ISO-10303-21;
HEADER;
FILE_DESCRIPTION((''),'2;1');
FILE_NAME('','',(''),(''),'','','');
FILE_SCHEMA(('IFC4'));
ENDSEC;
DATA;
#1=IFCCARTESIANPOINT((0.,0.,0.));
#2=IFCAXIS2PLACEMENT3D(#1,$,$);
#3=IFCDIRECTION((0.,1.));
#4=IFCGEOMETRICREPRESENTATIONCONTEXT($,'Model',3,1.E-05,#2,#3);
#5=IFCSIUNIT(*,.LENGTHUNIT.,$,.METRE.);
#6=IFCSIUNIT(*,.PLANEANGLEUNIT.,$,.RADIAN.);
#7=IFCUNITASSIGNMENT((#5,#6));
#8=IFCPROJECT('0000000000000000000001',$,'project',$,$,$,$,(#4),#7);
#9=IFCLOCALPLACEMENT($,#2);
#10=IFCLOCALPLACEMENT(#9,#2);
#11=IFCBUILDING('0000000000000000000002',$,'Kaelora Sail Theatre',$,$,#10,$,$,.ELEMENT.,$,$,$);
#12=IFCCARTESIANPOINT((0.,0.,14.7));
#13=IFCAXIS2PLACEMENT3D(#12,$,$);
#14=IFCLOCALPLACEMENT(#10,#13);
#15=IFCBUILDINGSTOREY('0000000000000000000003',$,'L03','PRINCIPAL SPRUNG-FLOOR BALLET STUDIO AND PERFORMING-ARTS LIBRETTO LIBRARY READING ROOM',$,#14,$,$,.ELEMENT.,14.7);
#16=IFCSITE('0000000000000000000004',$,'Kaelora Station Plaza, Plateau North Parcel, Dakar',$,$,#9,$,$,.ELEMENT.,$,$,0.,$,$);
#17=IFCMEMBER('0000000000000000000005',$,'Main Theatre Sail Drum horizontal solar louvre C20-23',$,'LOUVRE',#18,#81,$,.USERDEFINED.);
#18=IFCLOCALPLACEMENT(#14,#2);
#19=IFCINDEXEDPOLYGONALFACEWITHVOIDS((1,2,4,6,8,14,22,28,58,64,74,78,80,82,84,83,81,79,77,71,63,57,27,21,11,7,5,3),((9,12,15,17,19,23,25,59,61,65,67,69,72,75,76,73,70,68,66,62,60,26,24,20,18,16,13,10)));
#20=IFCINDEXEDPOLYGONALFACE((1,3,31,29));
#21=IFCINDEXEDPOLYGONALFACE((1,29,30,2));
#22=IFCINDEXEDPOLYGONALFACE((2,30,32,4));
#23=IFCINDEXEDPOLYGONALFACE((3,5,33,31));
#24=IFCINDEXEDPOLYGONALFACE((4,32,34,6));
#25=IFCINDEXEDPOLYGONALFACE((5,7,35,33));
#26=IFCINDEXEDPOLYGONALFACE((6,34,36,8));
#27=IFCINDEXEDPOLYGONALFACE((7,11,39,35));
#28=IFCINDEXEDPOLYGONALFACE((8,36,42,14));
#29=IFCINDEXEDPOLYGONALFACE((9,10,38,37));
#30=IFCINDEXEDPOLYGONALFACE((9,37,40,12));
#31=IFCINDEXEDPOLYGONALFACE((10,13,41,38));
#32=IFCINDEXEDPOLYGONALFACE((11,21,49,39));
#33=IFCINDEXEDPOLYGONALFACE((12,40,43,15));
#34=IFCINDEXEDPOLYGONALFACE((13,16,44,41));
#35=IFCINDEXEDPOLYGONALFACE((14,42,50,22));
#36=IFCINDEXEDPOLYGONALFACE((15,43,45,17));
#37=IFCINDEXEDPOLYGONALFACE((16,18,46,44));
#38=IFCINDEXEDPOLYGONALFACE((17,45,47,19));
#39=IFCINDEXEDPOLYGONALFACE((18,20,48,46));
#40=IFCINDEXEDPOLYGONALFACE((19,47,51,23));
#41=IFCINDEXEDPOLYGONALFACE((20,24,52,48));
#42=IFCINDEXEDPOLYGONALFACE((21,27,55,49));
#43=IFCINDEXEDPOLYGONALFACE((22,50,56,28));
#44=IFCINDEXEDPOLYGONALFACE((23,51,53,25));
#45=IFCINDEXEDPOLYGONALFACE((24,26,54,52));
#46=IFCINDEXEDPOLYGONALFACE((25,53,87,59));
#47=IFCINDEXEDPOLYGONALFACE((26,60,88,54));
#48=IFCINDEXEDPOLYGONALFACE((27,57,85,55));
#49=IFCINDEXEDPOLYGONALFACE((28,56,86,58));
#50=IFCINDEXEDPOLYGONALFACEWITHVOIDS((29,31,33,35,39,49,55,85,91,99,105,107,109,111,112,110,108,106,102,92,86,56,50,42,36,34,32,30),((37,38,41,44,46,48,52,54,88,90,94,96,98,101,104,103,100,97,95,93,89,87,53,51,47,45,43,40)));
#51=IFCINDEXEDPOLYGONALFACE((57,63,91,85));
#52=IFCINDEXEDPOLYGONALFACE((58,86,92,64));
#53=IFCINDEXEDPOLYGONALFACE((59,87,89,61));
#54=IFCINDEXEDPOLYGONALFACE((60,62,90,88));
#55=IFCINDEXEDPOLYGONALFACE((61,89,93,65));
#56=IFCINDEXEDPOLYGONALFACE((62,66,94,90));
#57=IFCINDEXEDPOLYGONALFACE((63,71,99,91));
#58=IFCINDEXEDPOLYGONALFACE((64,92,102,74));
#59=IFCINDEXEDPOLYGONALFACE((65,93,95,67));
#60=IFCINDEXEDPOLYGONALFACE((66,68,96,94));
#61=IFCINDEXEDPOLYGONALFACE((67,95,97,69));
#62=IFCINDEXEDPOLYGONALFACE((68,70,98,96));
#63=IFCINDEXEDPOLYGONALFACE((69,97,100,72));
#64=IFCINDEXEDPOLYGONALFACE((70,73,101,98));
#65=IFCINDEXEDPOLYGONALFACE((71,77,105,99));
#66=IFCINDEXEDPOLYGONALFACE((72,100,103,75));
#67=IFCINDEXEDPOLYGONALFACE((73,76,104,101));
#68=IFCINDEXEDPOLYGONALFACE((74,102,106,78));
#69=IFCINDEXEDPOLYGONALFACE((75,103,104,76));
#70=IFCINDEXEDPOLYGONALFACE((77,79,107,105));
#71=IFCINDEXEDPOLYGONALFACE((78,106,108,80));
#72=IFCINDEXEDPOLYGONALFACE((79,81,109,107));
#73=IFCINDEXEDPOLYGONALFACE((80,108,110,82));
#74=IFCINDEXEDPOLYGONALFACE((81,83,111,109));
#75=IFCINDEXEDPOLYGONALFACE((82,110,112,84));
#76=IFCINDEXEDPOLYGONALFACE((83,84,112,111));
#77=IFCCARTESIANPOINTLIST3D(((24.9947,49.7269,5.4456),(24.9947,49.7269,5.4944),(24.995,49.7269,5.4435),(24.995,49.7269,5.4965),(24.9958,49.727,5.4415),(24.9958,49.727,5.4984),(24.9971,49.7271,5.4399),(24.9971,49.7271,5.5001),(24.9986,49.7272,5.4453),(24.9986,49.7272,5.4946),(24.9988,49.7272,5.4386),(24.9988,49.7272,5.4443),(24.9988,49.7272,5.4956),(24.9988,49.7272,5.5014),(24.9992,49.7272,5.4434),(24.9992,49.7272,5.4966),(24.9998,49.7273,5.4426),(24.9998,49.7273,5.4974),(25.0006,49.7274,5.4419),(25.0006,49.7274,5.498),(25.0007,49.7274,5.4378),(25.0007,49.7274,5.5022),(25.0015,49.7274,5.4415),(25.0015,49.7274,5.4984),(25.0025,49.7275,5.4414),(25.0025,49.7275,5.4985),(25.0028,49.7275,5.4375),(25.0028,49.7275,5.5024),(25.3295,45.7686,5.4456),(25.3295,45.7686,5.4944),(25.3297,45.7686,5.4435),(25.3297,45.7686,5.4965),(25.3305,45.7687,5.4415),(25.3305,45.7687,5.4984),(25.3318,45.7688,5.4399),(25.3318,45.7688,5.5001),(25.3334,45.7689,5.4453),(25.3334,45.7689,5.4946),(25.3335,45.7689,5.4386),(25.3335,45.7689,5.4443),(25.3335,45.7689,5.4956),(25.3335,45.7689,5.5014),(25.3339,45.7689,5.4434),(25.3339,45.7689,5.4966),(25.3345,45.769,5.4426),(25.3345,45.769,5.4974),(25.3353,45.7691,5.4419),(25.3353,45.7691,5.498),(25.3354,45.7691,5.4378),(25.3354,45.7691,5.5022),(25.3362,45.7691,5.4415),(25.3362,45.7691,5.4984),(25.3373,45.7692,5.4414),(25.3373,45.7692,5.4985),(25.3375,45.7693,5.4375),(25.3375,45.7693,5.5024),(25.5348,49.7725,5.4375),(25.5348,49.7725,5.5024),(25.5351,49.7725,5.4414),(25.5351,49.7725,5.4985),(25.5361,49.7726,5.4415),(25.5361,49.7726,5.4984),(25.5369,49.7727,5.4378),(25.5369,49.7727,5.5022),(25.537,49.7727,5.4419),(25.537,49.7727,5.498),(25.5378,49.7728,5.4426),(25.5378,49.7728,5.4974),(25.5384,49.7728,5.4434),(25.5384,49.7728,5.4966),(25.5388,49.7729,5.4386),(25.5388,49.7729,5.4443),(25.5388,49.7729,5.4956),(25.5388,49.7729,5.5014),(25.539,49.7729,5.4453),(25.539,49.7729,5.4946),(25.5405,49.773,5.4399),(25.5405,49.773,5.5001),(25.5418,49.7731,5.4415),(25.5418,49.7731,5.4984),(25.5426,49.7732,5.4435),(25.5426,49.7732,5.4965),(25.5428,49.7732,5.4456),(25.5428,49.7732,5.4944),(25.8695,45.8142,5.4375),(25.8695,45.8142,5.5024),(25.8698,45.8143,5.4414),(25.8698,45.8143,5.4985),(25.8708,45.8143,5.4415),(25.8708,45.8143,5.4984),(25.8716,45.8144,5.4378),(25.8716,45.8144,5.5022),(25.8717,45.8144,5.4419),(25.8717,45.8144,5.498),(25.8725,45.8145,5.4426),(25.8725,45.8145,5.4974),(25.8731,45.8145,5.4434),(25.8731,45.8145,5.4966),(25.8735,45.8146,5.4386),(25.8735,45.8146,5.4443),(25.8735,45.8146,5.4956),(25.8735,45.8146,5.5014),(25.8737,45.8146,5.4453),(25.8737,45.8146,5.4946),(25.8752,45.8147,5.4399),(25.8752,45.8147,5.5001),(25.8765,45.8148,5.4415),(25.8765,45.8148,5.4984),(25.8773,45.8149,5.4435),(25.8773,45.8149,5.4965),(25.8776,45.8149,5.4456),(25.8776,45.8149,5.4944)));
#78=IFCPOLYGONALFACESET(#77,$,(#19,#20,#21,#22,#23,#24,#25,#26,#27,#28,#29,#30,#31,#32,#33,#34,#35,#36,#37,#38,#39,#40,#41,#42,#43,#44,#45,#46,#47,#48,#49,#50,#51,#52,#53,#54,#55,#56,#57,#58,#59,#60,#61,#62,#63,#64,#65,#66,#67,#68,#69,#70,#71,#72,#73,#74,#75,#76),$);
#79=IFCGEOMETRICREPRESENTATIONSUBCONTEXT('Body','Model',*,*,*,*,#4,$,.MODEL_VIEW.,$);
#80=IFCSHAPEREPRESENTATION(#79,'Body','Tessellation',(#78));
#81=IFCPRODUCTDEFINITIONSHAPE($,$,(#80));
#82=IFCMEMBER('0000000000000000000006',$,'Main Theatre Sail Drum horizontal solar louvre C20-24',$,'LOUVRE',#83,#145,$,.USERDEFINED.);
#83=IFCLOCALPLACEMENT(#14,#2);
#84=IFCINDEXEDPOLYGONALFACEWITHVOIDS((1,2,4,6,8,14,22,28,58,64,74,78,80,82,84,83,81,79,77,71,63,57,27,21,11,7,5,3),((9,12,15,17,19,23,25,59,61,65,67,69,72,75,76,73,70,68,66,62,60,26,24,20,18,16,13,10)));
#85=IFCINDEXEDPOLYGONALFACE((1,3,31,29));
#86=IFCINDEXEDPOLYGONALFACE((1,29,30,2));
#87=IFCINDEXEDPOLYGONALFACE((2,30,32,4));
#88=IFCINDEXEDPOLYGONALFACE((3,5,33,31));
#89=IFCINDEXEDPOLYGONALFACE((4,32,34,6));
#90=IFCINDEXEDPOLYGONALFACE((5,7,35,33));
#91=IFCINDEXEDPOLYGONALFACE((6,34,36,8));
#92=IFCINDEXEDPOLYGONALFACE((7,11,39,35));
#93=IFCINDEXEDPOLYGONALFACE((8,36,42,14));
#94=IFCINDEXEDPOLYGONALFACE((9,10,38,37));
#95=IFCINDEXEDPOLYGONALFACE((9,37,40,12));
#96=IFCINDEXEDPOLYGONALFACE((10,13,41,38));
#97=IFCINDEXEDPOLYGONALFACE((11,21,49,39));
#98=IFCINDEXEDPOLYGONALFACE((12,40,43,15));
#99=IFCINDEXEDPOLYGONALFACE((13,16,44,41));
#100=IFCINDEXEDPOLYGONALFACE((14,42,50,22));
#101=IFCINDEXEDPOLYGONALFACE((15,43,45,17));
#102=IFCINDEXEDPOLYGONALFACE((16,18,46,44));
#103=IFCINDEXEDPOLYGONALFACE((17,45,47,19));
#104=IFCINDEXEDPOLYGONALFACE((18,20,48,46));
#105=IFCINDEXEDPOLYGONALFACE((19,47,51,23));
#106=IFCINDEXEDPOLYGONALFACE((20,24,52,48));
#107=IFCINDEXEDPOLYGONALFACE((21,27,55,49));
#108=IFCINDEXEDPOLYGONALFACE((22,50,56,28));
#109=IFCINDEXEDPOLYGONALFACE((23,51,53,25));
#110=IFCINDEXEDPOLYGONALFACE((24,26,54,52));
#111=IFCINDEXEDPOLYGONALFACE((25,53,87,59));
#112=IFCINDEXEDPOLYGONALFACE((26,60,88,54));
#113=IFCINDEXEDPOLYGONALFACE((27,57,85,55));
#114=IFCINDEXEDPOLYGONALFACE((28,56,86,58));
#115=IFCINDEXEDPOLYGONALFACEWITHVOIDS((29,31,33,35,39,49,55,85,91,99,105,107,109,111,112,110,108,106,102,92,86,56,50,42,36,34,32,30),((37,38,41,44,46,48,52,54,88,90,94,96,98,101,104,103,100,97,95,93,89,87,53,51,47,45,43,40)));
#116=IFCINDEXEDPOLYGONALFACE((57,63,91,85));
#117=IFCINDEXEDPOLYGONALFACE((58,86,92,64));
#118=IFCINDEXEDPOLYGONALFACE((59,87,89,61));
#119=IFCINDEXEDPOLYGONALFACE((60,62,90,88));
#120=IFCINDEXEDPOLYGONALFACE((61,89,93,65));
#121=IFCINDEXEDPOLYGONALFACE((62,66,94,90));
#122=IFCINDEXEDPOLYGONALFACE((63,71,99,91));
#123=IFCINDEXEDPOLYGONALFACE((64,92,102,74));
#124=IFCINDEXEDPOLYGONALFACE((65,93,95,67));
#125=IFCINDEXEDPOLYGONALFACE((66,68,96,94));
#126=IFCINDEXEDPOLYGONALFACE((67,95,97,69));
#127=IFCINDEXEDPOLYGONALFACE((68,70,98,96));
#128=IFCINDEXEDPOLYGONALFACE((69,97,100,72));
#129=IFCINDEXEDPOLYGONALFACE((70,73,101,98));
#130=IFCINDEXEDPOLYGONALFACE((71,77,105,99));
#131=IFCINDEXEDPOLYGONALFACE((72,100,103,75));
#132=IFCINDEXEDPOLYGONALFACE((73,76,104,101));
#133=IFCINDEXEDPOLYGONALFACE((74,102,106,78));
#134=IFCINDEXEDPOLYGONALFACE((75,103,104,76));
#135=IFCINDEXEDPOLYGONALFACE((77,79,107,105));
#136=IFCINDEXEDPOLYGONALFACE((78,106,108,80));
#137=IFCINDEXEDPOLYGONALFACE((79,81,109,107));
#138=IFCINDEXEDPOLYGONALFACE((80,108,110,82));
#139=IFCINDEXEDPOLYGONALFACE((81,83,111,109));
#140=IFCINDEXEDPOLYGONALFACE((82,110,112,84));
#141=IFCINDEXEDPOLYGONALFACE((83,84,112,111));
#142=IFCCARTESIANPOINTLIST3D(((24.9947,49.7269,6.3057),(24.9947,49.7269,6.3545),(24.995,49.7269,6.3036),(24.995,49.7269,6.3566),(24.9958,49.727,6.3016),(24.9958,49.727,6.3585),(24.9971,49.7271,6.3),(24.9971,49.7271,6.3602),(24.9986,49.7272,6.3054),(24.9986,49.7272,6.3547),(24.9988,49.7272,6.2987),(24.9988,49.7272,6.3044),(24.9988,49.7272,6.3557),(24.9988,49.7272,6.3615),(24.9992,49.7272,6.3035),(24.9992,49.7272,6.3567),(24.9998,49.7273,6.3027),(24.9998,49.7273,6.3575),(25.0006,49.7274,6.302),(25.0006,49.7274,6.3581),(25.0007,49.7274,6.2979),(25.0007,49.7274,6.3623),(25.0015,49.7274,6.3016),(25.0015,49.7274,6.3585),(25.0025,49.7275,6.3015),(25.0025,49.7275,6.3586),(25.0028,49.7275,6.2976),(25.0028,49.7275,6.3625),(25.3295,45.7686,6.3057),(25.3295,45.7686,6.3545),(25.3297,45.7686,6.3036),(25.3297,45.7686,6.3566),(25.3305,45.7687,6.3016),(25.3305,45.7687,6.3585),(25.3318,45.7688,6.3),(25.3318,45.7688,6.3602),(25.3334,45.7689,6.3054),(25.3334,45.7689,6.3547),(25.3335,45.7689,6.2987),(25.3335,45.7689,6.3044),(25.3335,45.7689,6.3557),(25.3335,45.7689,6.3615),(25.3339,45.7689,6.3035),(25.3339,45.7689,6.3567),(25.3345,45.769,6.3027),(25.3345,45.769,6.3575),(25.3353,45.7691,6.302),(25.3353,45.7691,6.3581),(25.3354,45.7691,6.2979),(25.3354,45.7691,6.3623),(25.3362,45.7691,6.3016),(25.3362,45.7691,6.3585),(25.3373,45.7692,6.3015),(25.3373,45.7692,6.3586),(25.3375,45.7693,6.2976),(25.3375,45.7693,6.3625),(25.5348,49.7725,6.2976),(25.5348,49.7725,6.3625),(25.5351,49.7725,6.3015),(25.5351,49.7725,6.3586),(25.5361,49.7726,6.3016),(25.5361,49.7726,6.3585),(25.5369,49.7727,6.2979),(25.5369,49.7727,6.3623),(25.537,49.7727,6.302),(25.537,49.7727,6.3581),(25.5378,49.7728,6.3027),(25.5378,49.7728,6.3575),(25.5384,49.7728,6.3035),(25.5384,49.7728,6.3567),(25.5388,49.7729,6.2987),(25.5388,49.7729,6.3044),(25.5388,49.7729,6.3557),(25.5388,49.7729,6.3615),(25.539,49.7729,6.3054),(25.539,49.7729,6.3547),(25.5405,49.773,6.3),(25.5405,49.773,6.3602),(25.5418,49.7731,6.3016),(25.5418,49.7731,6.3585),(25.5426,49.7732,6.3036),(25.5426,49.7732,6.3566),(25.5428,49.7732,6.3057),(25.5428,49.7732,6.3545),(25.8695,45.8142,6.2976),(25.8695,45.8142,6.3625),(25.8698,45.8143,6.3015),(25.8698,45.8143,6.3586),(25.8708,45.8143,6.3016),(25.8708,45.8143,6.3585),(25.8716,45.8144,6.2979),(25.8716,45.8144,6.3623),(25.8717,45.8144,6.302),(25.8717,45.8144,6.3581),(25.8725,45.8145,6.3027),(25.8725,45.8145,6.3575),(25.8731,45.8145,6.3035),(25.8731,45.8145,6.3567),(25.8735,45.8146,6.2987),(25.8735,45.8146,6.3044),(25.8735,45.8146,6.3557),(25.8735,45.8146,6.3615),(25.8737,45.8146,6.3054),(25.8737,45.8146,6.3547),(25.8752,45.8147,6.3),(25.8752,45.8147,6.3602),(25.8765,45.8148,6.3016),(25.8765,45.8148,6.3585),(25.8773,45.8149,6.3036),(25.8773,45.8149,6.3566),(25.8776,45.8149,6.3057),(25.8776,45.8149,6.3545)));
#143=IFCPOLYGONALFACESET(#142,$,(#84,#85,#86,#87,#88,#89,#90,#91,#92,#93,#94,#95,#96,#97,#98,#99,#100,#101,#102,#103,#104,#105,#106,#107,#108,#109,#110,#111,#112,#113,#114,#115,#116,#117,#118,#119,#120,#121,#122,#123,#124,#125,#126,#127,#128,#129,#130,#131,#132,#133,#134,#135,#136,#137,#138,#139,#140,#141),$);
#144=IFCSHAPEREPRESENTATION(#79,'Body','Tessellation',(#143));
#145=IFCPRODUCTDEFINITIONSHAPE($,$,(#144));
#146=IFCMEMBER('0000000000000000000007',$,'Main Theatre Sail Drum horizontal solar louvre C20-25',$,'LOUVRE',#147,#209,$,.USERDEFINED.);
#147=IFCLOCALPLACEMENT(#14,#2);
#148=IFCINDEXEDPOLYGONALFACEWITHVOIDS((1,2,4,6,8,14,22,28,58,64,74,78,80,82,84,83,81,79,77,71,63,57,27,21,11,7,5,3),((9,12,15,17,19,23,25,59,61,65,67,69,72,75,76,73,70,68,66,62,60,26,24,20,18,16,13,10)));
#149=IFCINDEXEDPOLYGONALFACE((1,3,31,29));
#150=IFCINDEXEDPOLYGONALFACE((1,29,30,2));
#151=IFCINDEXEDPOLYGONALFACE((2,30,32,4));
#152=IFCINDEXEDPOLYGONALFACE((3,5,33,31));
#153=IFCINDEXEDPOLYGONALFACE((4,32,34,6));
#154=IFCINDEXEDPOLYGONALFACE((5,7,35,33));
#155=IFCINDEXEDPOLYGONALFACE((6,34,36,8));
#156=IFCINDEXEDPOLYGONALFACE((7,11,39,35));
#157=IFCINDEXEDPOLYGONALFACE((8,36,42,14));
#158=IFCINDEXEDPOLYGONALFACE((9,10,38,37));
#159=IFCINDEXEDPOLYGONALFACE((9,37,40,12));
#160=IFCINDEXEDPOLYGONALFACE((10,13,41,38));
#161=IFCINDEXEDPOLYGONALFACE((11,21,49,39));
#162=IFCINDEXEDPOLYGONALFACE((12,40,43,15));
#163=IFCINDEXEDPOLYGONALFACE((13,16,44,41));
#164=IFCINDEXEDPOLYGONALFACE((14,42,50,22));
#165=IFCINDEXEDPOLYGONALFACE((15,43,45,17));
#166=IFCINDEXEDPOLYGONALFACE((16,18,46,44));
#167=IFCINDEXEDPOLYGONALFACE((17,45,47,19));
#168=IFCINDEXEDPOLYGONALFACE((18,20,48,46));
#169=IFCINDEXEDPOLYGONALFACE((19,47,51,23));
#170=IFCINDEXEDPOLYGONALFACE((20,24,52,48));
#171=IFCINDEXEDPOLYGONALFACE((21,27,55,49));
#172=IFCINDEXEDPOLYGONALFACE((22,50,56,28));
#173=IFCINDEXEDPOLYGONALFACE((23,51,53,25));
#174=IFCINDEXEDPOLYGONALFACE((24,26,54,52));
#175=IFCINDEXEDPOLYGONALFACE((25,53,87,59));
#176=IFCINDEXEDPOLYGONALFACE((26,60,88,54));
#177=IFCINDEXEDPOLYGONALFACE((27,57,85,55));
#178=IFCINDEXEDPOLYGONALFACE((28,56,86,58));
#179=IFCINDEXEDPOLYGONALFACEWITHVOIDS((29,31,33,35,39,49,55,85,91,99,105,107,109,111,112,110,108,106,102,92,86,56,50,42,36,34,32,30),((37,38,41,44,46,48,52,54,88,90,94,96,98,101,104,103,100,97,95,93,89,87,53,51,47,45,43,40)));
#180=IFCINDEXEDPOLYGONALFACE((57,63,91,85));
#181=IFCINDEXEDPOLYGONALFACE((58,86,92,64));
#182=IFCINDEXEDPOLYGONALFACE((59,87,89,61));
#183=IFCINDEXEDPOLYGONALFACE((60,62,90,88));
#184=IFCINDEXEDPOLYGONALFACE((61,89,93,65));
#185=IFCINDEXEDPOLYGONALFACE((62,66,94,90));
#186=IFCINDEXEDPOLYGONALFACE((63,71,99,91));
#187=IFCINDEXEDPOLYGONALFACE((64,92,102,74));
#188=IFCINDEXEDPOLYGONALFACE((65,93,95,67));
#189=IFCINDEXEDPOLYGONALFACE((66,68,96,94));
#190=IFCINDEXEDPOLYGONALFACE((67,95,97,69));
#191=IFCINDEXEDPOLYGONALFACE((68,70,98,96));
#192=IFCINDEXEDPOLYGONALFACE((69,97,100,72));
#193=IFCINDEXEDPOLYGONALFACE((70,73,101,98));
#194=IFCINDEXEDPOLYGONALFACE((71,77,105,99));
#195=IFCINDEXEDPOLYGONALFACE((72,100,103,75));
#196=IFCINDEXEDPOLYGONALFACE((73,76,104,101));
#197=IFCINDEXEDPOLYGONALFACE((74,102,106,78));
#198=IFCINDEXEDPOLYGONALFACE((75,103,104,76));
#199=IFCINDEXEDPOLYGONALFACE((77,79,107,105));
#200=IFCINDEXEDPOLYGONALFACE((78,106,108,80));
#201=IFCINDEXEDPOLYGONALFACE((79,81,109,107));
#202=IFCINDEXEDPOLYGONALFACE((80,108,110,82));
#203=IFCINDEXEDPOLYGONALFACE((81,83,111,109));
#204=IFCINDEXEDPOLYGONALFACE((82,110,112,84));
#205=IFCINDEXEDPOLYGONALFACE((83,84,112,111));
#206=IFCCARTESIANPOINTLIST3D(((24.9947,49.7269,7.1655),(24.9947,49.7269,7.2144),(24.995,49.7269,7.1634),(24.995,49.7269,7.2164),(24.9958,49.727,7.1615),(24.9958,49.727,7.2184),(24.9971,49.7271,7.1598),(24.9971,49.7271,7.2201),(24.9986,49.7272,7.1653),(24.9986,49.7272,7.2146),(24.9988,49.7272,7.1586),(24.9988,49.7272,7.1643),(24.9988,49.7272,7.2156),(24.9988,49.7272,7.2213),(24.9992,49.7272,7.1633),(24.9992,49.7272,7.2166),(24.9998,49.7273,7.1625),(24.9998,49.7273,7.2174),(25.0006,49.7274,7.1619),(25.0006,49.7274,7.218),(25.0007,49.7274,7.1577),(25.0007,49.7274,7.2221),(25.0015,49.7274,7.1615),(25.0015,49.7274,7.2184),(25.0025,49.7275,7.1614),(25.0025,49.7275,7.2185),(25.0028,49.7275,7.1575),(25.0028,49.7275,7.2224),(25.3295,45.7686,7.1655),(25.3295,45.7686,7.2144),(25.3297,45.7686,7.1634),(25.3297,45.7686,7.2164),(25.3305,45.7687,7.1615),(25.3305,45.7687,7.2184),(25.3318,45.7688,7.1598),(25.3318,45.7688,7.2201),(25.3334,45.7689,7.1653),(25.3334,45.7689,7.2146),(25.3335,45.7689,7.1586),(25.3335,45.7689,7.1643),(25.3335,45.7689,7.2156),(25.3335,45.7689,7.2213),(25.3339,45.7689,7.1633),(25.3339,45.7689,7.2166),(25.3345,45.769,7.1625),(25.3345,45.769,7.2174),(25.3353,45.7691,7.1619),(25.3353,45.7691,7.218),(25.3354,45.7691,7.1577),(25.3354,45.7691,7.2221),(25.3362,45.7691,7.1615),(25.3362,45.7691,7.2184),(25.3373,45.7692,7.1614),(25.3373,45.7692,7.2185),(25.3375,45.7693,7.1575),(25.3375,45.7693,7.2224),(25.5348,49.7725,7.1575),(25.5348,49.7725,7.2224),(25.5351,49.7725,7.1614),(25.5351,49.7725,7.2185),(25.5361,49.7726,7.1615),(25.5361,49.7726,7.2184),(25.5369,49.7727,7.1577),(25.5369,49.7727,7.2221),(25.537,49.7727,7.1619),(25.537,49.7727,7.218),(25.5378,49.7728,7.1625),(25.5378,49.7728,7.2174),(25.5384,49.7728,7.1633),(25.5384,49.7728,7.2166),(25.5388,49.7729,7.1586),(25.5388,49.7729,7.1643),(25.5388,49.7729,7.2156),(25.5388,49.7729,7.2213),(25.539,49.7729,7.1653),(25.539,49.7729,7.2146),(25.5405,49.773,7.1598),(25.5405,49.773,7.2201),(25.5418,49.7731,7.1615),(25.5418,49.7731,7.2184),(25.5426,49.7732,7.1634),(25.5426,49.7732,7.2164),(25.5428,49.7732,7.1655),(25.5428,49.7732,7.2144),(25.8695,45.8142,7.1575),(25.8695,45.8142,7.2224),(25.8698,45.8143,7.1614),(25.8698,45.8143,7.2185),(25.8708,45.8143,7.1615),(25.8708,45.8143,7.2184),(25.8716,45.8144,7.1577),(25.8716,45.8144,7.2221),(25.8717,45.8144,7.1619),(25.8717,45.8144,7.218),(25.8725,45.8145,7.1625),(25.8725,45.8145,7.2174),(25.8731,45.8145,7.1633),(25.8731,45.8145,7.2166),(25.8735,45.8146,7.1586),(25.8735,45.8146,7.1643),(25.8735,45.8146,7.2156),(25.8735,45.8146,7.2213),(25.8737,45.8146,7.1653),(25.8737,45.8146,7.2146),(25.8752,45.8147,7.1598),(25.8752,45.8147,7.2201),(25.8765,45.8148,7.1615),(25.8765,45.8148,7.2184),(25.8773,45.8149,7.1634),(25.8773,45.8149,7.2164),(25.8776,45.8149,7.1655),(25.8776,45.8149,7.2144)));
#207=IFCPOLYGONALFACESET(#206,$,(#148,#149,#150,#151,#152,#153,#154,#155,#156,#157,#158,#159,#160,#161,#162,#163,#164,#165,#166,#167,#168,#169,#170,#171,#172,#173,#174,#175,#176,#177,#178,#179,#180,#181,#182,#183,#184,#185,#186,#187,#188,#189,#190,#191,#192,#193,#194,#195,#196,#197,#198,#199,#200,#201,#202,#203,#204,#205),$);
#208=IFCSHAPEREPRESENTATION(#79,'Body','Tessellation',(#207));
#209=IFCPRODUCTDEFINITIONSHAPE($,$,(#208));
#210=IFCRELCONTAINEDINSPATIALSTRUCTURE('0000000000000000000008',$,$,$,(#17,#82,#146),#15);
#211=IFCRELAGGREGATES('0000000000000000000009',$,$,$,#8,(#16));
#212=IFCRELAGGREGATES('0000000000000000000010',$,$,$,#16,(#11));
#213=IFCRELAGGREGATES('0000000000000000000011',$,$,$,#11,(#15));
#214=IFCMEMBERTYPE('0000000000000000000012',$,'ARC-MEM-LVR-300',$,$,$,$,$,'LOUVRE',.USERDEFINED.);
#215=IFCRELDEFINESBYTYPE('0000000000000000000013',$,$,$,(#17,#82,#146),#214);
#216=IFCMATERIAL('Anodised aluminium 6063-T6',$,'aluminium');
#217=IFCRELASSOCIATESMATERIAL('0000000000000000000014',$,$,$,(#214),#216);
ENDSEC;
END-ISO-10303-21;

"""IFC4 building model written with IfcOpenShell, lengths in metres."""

from ifc_helpers import new_model, si_unit, direction, frame, origin, origin_2d, place, context, subcontext, project, spatial, hollow_rectangle, extrude, material, material_profile, profile_set, type_object, element, save


model = new_model("IFC4")

# Units and contexts
model_context = context("Model", 3, precision=1e-05, world=origin(), true_north=direction((0.0, 1.0)))
body_context = subcontext(model_context, "Body", "Model", "MODEL_VIEW")
ifc_project = project(units=[si_unit("LENGTHUNIT", "METRE"), si_unit("PLANEANGLEUNIT", "RADIAN")], contexts=[model_context])

# Site, building, storey
site_placement = place(None, origin())
site = spatial("IfcSite", under=ifc_project, at=site_placement, Name="Kaelora Station Plaza, Plateau North Parcel, Dakar", CompositionType="ELEMENT", RefElevation=0.0)
building_placement = place(site_placement, origin())
building = spatial("IfcBuilding", under=site, at=building_placement, Name="Kaelora Sail Theatre", CompositionType="ELEMENT")
storey_placement = place(building_placement, frame((0.0, 0.0, 14.7)))
storey = spatial("IfcBuildingStorey", under=building, at=storey_placement, Name="L03", Description="PRINCIPAL SPRUNG-FLOOR BALLET STUDIO AND PERFORMING-ARTS LIBRETTO LIBRARY READING ROOM", CompositionType="ELEMENT", Elevation=14.7)

# Members
ifc_material_1 = material(Name="Anodised aluminium 6063-T6", Category="aluminium")
ifc_material_profile_1 = material_profile(ifc_material_1, hollow_rectangle(XDim=0.55, YDim=0.0649, WallThickness=0.0039, InnerFilletRadius=0.0039, OuterFilletRadius=0.0081, at=origin_2d()), Name="LOUVRE 550x65x4")
ifc_profile_set_1 = profile_set([ifc_material_profile_1], Name="Anodised aluminium 6063-T6")
member_type = type_object("IfcMemberType", Name="ARC-MEM-LVR-300", ElementType="LOUVRE", PredefinedType="USERDEFINED", material=ifc_profile_set_1)
for number, where, z_axis, x_axis, name in (
    (1, (25.6035, 45.7917, 5.47), (-0.084261, 0.996444, 0.0), (-0.996444, -0.084261, 0.0), "Main Theatre Sail Drum horizontal solar louvre C20-23"),
    (2, (25.6035, 45.7917, 6.3301), (-0.084261, 0.996444, 0.0), (-0.996444, -0.084261, 0.0), "Main Theatre Sail Drum horizontal solar louvre C20-24"),
    (3, (25.6035, 45.7917, 7.1899), (-0.084261, 0.996444, 0.0), (-0.996444, -0.084261, 0.0), "Main Theatre Sail Drum horizontal solar louvre C20-25"),
):
    element("IfcMember", number, at=place(storey_placement, frame(where, z_axis=z_axis, x_axis=x_axis)), inside=storey, type_object=member_type, Name=name, ObjectType="LOUVRE", PredefinedType="USERDEFINED", context=body_context, shape_type="SweptSolid", body=[
        extrude(hollow_rectangle(XDim=0.55, YDim=0.0649, WallThickness=0.0039, InnerFilletRadius=0.0039, OuterFilletRadius=0.0081, at=origin_2d()), origin(), (0.0, 0.0, 1.0), 3.9724),
    ])

save(model, "model.ifc")
